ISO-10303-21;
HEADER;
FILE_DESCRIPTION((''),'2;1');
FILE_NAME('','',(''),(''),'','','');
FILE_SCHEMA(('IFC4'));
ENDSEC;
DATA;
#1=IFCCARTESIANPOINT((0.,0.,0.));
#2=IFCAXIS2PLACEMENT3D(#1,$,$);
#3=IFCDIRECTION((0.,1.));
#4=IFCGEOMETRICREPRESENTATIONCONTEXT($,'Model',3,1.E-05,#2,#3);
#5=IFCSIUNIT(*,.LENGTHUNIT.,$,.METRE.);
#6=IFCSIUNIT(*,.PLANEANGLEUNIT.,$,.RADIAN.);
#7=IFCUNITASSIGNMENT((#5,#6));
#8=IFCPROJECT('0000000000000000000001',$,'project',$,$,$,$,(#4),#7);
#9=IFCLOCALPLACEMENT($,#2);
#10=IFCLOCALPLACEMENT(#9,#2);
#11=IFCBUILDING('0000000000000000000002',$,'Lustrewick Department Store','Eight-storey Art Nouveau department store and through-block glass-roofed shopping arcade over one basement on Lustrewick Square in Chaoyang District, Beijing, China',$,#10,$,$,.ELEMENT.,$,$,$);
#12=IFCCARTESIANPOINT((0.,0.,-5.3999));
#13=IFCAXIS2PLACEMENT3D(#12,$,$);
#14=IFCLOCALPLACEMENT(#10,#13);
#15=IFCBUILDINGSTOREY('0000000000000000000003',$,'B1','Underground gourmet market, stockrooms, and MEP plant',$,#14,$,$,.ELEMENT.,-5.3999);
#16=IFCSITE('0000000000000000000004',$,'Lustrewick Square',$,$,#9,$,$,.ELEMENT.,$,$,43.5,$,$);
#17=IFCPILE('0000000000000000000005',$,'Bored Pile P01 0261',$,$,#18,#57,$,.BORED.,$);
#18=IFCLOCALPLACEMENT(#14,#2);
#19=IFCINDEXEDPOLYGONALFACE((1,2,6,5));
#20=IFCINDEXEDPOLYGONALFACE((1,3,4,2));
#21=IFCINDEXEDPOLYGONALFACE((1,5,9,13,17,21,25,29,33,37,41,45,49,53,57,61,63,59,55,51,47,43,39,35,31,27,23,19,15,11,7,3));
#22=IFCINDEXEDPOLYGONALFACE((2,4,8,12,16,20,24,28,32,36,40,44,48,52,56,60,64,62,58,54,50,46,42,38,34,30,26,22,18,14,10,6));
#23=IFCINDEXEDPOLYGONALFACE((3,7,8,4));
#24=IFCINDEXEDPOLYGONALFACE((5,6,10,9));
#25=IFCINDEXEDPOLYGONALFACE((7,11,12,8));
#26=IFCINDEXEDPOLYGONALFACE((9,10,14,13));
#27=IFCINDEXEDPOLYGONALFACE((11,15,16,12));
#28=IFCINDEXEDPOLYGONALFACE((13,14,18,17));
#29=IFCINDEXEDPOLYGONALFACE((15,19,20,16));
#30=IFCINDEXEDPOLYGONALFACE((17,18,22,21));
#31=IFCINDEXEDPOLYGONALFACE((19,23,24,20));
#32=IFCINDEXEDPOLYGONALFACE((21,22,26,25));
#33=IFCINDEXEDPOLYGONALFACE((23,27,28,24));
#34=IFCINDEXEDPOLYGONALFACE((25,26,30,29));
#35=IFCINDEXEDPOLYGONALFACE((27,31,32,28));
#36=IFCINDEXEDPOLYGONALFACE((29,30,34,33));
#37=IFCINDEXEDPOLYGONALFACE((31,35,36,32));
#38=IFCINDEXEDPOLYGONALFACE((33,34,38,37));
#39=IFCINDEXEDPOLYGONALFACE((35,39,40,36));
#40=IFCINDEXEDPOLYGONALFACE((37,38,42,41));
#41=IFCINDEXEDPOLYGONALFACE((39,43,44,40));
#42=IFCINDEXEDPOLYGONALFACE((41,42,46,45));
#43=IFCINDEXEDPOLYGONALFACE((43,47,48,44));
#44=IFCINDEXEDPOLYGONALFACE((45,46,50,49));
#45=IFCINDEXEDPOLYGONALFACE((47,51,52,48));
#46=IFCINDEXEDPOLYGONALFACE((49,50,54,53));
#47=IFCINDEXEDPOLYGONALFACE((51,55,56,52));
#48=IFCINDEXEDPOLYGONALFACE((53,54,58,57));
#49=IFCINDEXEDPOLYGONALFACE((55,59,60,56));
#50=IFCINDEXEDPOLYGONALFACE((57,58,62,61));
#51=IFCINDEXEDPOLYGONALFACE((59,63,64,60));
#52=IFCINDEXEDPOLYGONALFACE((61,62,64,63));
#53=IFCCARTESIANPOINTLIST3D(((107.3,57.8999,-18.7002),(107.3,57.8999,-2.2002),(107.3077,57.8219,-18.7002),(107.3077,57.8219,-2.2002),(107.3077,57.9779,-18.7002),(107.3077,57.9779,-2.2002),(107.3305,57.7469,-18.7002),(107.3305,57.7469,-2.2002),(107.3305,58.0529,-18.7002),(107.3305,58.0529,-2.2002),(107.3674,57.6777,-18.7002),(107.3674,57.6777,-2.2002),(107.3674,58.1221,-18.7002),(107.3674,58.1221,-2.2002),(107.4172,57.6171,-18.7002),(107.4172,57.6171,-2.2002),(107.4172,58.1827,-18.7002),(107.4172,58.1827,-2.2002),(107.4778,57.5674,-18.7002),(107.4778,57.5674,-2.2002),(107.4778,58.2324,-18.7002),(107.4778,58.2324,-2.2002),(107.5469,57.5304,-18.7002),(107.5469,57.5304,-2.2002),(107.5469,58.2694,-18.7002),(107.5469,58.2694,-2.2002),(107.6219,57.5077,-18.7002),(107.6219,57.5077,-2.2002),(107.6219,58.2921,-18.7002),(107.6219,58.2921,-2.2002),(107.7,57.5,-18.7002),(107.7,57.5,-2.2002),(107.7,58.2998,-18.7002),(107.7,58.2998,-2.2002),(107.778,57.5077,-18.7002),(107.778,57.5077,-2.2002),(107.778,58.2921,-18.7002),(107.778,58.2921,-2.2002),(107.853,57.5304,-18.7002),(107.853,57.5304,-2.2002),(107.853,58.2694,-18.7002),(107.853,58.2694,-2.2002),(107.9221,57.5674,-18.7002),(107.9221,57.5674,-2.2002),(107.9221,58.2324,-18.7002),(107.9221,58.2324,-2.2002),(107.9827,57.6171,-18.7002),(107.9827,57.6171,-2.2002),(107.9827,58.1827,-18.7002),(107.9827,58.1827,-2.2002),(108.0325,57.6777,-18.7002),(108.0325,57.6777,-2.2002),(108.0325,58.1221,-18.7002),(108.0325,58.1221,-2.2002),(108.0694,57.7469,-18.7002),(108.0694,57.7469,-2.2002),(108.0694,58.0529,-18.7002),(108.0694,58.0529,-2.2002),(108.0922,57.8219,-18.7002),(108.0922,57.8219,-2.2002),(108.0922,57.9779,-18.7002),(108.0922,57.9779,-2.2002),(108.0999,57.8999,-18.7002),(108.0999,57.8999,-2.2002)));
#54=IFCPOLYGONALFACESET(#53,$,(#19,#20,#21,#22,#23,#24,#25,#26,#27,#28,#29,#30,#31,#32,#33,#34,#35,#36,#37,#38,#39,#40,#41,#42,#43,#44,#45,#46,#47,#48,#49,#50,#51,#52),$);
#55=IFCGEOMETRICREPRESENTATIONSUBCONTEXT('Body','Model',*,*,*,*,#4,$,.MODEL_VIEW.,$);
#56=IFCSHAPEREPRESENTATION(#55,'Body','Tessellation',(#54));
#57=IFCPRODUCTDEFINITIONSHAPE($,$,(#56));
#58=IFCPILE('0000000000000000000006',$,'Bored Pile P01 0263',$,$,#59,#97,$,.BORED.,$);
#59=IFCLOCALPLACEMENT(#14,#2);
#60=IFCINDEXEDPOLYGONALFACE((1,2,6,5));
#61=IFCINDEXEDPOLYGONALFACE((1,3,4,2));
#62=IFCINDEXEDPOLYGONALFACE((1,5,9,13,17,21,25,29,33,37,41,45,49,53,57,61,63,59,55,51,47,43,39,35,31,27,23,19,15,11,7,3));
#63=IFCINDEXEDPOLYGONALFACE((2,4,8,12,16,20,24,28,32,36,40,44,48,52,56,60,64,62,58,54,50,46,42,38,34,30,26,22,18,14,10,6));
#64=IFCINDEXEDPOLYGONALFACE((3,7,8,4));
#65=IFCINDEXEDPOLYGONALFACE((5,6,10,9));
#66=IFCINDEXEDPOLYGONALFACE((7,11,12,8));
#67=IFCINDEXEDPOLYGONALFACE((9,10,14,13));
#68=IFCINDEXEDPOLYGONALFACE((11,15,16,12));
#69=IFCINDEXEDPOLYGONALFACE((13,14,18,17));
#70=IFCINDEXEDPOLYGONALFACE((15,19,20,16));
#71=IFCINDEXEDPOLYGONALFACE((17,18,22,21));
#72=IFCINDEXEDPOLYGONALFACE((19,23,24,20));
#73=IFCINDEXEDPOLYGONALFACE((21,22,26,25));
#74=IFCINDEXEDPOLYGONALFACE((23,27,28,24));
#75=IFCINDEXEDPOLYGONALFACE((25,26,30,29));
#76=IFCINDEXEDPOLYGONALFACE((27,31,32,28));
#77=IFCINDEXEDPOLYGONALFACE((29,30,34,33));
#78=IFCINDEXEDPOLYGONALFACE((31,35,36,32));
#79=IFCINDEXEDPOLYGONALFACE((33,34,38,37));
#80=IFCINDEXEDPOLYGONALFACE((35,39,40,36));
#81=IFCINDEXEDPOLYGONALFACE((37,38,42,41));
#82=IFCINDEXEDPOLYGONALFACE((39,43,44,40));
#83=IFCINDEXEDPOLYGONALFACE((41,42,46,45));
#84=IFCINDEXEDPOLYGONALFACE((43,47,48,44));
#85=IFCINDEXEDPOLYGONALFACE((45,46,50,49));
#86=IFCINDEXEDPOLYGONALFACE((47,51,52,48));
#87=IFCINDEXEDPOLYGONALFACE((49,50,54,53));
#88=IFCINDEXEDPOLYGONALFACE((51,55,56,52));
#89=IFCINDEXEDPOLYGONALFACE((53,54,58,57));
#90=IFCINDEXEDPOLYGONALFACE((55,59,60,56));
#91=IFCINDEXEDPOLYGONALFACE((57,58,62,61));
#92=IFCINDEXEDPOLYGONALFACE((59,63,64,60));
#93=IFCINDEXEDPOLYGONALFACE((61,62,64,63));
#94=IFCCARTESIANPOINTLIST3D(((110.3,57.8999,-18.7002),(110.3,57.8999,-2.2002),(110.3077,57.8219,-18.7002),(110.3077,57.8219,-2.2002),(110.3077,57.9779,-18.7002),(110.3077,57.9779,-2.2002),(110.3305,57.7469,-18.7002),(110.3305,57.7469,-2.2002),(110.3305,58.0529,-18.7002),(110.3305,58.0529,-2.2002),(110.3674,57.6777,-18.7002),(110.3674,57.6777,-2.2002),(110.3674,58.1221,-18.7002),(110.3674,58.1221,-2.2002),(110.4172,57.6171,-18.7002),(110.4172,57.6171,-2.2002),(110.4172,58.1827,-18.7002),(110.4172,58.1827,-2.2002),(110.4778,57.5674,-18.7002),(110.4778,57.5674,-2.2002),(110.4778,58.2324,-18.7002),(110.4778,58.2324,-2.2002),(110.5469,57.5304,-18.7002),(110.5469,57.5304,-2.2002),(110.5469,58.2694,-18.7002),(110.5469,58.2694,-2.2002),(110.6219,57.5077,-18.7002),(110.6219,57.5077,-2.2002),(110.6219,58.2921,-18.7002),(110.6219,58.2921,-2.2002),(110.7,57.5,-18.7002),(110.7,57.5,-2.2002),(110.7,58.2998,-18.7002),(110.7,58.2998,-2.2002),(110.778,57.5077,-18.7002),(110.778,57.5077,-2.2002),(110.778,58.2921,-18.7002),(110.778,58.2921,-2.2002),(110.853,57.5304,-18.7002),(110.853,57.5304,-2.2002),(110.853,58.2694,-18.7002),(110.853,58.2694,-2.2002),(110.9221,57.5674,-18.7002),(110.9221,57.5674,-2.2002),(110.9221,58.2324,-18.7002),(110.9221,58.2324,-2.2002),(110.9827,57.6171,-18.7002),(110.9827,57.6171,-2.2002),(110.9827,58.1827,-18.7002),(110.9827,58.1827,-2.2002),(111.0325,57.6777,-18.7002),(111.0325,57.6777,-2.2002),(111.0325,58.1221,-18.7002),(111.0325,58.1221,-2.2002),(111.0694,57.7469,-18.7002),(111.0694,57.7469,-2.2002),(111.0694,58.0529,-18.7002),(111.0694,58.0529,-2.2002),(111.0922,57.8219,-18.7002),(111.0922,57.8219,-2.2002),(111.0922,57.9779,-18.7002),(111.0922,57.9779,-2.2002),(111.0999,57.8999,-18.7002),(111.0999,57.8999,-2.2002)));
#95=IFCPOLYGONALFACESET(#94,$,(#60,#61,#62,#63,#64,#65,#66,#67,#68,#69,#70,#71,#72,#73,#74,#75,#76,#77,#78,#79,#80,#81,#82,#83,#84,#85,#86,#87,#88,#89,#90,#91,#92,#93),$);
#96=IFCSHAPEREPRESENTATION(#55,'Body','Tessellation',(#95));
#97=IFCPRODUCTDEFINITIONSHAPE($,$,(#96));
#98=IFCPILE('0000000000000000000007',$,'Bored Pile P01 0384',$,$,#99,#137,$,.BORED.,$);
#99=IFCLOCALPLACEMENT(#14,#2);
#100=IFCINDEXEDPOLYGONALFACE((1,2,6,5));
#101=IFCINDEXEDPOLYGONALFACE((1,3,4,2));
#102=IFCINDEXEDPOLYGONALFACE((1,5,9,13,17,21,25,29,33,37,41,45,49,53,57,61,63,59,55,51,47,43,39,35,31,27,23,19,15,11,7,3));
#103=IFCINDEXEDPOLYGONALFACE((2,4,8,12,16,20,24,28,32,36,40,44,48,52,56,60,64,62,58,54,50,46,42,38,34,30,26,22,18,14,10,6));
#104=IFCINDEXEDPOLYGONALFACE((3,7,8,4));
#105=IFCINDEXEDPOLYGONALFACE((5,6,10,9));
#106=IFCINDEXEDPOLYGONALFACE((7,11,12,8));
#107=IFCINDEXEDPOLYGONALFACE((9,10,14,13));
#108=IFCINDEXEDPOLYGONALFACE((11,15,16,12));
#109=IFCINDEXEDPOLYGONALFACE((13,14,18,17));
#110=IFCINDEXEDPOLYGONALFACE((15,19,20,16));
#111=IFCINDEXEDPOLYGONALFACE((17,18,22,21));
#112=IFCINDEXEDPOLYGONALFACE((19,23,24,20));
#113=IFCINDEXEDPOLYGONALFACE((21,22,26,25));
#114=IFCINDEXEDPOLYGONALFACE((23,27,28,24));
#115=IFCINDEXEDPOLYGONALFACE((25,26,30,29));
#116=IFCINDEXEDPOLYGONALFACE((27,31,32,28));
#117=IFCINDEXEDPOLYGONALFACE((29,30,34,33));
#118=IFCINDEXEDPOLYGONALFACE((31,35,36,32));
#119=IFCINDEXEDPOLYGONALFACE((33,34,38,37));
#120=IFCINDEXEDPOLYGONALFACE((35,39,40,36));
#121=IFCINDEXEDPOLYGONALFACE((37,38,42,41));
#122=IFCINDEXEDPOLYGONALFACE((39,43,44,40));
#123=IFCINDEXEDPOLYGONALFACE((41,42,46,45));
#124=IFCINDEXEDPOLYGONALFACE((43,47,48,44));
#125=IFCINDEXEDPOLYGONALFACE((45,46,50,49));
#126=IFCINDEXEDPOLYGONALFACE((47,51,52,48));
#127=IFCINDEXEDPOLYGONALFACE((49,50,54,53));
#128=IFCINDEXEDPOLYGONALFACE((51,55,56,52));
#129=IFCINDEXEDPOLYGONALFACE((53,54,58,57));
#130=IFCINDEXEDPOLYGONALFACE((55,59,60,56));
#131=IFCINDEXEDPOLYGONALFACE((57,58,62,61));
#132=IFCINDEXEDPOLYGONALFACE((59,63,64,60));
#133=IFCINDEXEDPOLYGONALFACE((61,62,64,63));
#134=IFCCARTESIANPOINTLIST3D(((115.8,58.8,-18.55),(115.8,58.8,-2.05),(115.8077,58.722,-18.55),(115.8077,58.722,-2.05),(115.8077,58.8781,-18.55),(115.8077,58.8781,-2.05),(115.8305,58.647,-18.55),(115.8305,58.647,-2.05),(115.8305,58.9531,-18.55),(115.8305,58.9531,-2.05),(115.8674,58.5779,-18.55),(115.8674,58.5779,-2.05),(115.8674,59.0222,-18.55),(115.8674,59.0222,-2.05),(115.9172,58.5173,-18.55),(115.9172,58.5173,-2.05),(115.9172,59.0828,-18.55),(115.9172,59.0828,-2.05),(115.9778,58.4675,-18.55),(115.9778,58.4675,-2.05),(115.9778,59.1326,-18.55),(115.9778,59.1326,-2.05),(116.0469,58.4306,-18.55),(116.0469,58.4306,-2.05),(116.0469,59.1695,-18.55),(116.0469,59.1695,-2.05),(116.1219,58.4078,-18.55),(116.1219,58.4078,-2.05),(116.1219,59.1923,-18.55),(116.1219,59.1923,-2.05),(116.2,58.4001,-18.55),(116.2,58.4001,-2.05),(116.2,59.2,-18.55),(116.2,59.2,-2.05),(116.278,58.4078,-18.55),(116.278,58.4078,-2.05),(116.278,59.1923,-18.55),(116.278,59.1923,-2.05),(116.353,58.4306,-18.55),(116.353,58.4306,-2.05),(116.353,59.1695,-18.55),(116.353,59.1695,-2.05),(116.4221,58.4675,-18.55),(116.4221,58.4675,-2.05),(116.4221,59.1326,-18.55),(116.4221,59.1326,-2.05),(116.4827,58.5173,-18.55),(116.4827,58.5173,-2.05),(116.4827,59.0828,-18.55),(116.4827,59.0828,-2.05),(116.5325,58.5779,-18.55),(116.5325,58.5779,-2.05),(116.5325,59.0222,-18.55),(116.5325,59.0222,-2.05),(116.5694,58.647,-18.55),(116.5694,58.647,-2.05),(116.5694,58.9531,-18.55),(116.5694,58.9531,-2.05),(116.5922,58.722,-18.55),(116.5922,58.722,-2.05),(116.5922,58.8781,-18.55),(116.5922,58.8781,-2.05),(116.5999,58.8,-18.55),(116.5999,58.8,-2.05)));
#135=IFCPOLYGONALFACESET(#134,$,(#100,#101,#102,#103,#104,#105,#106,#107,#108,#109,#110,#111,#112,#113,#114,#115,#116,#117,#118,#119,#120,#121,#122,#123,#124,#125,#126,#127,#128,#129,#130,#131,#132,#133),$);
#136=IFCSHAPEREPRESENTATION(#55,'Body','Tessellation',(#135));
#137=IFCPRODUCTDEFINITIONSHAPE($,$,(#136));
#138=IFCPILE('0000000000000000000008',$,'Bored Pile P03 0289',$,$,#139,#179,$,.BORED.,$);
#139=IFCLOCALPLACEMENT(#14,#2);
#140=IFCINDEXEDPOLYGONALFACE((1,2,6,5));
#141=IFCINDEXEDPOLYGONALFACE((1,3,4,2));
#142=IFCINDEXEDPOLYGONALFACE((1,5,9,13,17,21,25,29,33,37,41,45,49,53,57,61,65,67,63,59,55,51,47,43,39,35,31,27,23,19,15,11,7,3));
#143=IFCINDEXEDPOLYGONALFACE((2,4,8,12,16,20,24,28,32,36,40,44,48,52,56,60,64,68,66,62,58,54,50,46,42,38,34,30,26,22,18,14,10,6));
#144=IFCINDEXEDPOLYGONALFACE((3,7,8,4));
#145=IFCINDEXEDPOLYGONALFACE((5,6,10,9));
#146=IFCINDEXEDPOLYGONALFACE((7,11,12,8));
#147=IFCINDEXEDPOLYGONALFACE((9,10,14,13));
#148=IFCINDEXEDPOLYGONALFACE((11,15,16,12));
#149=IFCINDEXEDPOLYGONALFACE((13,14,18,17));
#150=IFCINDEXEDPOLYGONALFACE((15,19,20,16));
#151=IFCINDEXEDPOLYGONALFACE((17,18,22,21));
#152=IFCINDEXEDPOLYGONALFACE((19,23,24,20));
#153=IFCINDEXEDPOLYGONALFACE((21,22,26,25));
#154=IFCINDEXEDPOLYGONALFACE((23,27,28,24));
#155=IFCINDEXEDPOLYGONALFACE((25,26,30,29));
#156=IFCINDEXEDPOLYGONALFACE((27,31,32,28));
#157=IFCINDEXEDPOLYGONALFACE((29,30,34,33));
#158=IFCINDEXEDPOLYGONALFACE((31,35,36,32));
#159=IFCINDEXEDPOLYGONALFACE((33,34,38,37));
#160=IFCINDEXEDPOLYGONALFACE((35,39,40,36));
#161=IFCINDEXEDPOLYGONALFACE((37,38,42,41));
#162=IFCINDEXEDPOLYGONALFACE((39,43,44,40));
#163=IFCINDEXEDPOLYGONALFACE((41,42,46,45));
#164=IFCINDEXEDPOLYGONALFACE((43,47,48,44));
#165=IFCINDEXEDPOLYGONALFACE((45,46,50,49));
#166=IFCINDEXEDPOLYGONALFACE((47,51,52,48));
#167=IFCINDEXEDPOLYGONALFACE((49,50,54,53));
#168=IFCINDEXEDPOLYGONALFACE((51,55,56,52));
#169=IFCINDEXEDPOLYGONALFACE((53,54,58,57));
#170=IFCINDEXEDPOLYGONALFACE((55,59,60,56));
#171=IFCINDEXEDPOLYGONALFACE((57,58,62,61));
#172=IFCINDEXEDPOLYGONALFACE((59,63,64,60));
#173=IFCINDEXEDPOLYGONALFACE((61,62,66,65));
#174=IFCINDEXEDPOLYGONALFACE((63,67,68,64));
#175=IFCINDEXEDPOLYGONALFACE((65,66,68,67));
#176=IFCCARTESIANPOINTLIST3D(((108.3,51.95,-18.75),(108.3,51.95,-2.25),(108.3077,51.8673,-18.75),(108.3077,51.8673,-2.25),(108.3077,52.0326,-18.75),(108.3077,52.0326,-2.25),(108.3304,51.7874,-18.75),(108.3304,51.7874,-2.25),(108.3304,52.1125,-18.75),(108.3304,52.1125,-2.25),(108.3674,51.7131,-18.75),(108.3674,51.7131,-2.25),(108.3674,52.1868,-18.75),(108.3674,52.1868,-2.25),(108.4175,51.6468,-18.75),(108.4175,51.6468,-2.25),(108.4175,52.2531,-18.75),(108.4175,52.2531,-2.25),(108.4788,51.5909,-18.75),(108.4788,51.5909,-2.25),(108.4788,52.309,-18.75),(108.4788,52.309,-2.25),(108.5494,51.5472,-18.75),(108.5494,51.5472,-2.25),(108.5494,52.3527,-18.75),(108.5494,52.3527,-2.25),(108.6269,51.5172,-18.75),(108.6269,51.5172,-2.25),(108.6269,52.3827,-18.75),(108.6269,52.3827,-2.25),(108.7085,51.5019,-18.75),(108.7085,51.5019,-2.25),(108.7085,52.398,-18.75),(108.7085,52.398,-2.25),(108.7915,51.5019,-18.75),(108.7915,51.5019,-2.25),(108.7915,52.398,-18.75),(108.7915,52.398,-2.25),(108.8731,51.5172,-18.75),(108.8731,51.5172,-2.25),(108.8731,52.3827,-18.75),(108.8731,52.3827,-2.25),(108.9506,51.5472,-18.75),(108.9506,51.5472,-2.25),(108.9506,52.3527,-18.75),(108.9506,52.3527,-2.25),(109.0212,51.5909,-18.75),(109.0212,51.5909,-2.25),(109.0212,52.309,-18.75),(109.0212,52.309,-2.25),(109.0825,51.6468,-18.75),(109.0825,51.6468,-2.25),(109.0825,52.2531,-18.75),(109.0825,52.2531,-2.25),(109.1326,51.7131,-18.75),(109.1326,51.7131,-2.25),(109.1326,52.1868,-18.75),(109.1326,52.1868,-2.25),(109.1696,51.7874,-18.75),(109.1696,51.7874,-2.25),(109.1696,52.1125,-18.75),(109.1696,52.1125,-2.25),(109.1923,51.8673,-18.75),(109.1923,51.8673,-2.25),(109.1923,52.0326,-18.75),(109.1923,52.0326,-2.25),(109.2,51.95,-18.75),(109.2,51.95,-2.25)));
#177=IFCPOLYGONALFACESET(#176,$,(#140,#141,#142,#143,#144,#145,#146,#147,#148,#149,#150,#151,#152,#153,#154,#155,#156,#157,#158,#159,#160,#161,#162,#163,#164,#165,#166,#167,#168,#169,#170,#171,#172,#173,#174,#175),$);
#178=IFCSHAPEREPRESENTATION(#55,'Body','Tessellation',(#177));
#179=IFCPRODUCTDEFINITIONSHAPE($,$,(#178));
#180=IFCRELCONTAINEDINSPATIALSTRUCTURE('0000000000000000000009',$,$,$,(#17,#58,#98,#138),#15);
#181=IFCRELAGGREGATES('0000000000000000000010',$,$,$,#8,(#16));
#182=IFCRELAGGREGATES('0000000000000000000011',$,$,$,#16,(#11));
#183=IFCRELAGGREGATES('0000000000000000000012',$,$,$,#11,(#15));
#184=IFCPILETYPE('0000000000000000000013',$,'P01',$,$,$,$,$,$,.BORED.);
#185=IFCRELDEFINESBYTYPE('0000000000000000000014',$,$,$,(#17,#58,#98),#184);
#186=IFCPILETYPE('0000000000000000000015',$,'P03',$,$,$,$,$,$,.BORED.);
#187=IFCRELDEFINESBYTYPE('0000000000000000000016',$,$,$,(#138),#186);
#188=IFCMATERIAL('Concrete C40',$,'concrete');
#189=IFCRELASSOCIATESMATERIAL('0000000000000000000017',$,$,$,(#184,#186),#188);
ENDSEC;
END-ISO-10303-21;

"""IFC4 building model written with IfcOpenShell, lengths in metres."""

from ifc_helpers import new_model, si_unit, direction, frame, origin, origin_2d, place, context, subcontext, project, spatial, circle, extrude, material, material_profile, profile_set, type_object, element, save


model = new_model("IFC4")

# Units and contexts
model_context = context("Model", 3, precision=1e-05, world=origin(), true_north=direction((0.0, 1.0)))
body_context = subcontext(model_context, "Body", "Model", "MODEL_VIEW")
ifc_project = project(units=[si_unit("LENGTHUNIT", "METRE"), si_unit("PLANEANGLEUNIT", "RADIAN")], contexts=[model_context])

# Site, building, storey
site_placement = place(None, origin())
site = spatial("IfcSite", under=ifc_project, at=site_placement, Name="Lustrewick Square", CompositionType="ELEMENT", RefElevation=43.5)
building_placement = place(site_placement, origin())
building = spatial("IfcBuilding", under=site, at=building_placement, Name="Lustrewick Department Store", Description="Eight-storey Art Nouveau department store and through-block glass-roofed shopping arcade over one basement on Lustrewick Square in Chaoyang District, Beijing, China", CompositionType="ELEMENT")
storey_placement = place(building_placement, frame((0.0, 0.0, -5.3999)))
storey = spatial("IfcBuildingStorey", under=building, at=storey_placement, Name="B1", Description="Underground gourmet market, stockrooms, and MEP plant", CompositionType="ELEMENT", Elevation=-5.3999)

# Piles
ifc_material_1 = material(Name="Concrete C40", Category="concrete")
ifc_material_profile_1 = material_profile(ifc_material_1, circle(Radius=0.3999, at=origin_2d()), Name="PILE D800")
ifc_profile_set_1 = profile_set([ifc_material_profile_1], Name="Concrete C40")
pile_type_1 = type_object("IfcPileType", Name="P01", PredefinedType="BORED", material=ifc_profile_set_1)
for number, where, z_axis, x_axis, name in (
    (1, (107.7, 57.8999, -2.2002), (0.0, 0.0, -1.0), (1.0, 0.0, 0.0), "Bored Pile P01 0261"),
    (2, (110.7, 57.8999, -2.2002), (0.0, 0.0, -1.0), (1.0, 0.0, 0.0), "Bored Pile P01 0263"),
    (3, (116.2, 58.8, -2.05), (0.0, 0.0, -1.0), (1.0, 0.0, 0.0), "Bored Pile P01 0384"),
):
    element("IfcPile", number, at=place(storey_placement, frame(where, z_axis=z_axis, x_axis=x_axis)), inside=storey, type_object=pile_type_1, Name=name, PredefinedType="BORED", context=body_context, shape_type="SweptSolid", body=[
        extrude(circle(Radius=0.3999, at=origin_2d()), origin(), (0.0, 0.0, 1.0), 16.5),
    ])
ifc_material_profile_2 = material_profile(ifc_material_1, circle(Radius=0.45, at=origin_2d()), Name="PILE D900")
ifc_profile_set_2 = profile_set([ifc_material_profile_2], Name="Concrete C40")
pile_type_2 = type_object("IfcPileType", Name="P03", PredefinedType="BORED", material=ifc_profile_set_2)
for number, where, z_axis, x_axis, name in (
    (4, (108.75, 51.95, -2.25), (0.0, 0.0, -1.0), (1.0, 0.0, 0.0), "Bored Pile P03 0289"),
):
    element("IfcPile", number, at=place(storey_placement, frame(where, z_axis=z_axis, x_axis=x_axis)), inside=storey, type_object=pile_type_2, Name=name, PredefinedType="BORED", context=body_context, shape_type="SweptSolid", body=[
        extrude(circle(Radius=0.45, at=origin_2d()), origin(), (0.0, 0.0, 1.0), 16.5),
    ])

save(model, "model.ifc")
